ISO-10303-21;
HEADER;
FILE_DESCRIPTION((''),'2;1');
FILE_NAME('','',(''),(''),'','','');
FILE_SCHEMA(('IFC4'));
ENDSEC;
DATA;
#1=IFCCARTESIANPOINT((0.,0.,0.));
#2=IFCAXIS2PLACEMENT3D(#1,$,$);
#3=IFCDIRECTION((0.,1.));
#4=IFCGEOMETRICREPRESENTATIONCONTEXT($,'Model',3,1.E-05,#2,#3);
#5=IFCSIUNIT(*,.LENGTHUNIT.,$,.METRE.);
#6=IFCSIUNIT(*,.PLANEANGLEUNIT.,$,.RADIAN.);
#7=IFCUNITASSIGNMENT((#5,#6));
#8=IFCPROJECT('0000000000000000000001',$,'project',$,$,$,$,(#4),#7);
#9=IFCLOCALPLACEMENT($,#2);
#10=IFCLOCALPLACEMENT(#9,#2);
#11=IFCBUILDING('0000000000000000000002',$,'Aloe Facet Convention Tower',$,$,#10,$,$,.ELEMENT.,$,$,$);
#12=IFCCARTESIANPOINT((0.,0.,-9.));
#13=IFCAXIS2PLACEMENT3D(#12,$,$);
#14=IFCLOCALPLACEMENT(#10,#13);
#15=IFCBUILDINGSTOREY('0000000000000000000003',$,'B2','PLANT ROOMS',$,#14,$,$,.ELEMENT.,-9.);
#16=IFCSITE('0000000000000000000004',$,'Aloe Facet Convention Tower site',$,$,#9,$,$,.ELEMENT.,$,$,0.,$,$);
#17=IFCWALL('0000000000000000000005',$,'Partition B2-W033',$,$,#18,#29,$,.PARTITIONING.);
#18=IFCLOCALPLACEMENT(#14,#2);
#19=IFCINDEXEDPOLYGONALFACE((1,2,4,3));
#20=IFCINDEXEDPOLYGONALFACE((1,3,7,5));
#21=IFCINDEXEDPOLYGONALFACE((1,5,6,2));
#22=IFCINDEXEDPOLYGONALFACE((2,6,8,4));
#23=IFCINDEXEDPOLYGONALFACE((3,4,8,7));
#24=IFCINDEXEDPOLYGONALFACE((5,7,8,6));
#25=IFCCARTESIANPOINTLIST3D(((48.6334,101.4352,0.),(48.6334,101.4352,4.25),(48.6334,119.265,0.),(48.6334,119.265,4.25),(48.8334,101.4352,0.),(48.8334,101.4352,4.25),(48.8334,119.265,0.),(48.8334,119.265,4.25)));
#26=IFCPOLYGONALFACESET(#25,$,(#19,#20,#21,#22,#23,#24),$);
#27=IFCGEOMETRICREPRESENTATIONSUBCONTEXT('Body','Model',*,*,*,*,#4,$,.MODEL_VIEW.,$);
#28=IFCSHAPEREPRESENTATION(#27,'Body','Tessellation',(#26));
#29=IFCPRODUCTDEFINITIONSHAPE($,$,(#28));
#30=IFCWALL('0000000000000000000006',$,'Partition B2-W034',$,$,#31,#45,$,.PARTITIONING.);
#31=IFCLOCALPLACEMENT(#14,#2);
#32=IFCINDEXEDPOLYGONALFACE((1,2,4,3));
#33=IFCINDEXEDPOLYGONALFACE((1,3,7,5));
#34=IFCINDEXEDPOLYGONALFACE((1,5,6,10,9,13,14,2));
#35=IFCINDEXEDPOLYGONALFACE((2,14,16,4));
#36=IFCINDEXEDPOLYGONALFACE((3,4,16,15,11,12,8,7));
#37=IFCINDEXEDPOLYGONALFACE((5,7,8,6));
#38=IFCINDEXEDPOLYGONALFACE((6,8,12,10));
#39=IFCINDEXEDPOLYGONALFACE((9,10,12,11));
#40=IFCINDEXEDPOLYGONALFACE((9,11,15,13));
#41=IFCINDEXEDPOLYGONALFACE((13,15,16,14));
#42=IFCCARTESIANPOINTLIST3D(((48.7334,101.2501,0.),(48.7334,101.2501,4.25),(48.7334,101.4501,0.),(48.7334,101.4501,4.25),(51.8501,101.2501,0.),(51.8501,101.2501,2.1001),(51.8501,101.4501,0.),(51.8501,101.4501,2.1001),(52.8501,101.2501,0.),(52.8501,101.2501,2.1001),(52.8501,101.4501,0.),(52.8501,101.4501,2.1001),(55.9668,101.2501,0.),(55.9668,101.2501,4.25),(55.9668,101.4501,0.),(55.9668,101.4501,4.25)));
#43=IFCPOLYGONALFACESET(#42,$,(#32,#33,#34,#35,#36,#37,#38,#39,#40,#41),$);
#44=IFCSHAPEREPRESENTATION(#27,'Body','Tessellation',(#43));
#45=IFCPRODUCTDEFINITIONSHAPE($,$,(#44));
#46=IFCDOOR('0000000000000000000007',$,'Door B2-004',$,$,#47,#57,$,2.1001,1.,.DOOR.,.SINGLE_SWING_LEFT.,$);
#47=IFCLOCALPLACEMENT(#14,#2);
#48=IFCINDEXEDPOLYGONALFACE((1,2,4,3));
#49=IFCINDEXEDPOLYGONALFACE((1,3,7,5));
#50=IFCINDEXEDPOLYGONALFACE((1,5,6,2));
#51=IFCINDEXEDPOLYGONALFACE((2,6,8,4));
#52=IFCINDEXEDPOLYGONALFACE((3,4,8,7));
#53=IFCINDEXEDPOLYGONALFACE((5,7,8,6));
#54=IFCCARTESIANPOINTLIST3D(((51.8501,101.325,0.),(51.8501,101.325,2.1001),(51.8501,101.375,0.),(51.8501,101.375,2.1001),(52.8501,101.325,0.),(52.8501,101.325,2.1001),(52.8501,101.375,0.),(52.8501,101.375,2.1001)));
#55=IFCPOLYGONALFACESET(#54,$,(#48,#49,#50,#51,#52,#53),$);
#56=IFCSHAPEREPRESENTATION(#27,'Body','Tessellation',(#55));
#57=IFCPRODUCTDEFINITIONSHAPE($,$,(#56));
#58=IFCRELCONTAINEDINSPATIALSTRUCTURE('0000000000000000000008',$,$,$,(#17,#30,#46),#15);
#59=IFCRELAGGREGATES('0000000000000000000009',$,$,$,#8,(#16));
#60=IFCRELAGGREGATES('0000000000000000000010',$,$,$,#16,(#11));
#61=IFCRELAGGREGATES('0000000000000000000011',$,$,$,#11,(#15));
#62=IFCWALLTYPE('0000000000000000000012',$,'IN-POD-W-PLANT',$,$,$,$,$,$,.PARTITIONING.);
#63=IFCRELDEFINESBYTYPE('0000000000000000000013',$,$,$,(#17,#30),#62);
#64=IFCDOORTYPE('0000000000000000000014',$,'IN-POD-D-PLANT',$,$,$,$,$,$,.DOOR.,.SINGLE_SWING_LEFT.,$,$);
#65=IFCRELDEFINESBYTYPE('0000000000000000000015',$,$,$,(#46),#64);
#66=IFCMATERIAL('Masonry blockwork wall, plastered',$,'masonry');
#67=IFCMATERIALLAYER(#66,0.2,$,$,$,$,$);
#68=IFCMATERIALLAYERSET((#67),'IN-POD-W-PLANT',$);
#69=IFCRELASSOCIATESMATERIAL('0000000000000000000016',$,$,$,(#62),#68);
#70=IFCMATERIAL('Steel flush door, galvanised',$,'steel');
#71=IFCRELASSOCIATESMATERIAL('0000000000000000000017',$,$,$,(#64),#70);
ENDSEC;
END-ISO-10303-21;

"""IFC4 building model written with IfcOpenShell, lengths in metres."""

from ifc_helpers import new_model, si_unit, direction, frame, frame_2d, origin, place, context, subcontext, project, spatial, rectangle, extrude, material, layer, layer_set, type_object, element, fill, save


model = new_model("IFC4")

# Units and contexts
model_context = context("Model", 3, precision=1e-05, world=origin(), true_north=direction((0.0, 1.0)))
body_context = subcontext(model_context, "Body", "Model", "MODEL_VIEW")
ifc_project = project(units=[si_unit("LENGTHUNIT", "METRE"), si_unit("PLANEANGLEUNIT", "RADIAN")], contexts=[model_context])

# Site, building, storey
site_placement = place(None, origin())
site = spatial("IfcSite", under=ifc_project, at=site_placement, Name="Aloe Facet Convention Tower site", CompositionType="ELEMENT", RefElevation=0.0)
building_placement = place(site_placement, origin())
building = spatial("IfcBuilding", under=site, at=building_placement, Name="Aloe Facet Convention Tower", CompositionType="ELEMENT")
storey_placement = place(building_placement, frame((0.0, 0.0, -9.0)))
storey = spatial("IfcBuildingStorey", under=building, at=storey_placement, Name="B2", Description="PLANT ROOMS", CompositionType="ELEMENT", Elevation=-9.0)

# Shared definitions
ifc_material_1 = material(Name="Masonry blockwork wall, plastered", Category="masonry")
ifc_layer = layer(ifc_material_1, 0.2)
ifc_layer_set = layer_set([ifc_layer], Name="IN-POD-W-PLANT")
wall_type = type_object("IfcWallType", Name="IN-POD-W-PLANT", PredefinedType="PARTITIONING", material=ifc_layer_set)

# Wall
wall_1_placement = place(storey_placement, frame((48.7334, 101.4351, 0.0), z_axis=(0.0, 0.0, 1.0), x_axis=(0.0, 1.0, 0.0)))
element("IfcWall", 1, at=wall_1_placement, inside=storey, type_object=wall_type, Name="Partition B2-W033", PredefinedType="PARTITIONING", context=body_context, shape_type="SweptSolid", body=[
    extrude(rectangle(XDim=17.8298, YDim=0.2, at=frame_2d((8.915, 0.0))), origin(), (0.0, 0.0, 1.0), 4.25),
])

# Wall, opening, door
wall_2_placement = place(storey_placement, frame((48.7334, 101.3501, 0.0), z_axis=(0.0, 0.0, 1.0), x_axis=(1.0, 0.0, 0.0)))
wall_2 = element("IfcWall", 2, at=wall_2_placement, inside=storey, type_object=wall_type, Name="Partition B2-W034", PredefinedType="PARTITIONING", context=body_context, shape_type="SweptSolid", body=[
    extrude(rectangle(XDim=7.2334, YDim=0.2, at=frame_2d((3.6167, 0.0))), origin(), (0.0, 0.0, 1.0), 4.25),
])
opening_1_placement = place(wall_2_placement, frame((3.1167, 0.0, 0.0)))
opening_1 = element("IfcOpeningElement", 3, at=opening_1_placement, cuts=wall_2, PredefinedType="OPENING", context=body_context, shape_type="SweptSolid", body=[
    extrude(rectangle(XDim=1.0, YDim=2.1001, at=frame_2d((0.5, 1.05))), frame((0.0, 0.1099, 0.0), z_axis=(0.0, -1.0, 0.0), x_axis=(1.0, 0.0, 0.0)), (0.0, 0.0, 1.0), 0.22),
])
ifc_material_2 = material(Name="Steel flush door, galvanised", Category="steel")
door_type_1 = type_object("IfcDoorType", Name="IN-POD-D-PLANT", OperationType="SINGLE_SWING_LEFT", PredefinedType="DOOR", material=ifc_material_2)
door_1_placement = place(opening_1_placement, origin())
door_1 = element("IfcDoor", 4, at=door_1_placement, inside=storey, type_object=door_type_1, Name="Door B2-004", OperationType="SINGLE_SWING_LEFT", OverallHeight=2.1001, OverallWidth=1.0, PredefinedType="DOOR", context=body_context, shape_type="SweptSolid", body=[
    extrude(rectangle(XDim=1.0, YDim=2.1001, at=frame_2d((0.5, 1.05))), frame((0.0, 0.0249, 0.0), z_axis=(0.0, -1.0, 0.0), x_axis=(1.0, 0.0, 0.0)), (0.0, 0.0, 1.0), 0.05),
])
fill(opening_1, door_1)

save(model, "model.ifc")
